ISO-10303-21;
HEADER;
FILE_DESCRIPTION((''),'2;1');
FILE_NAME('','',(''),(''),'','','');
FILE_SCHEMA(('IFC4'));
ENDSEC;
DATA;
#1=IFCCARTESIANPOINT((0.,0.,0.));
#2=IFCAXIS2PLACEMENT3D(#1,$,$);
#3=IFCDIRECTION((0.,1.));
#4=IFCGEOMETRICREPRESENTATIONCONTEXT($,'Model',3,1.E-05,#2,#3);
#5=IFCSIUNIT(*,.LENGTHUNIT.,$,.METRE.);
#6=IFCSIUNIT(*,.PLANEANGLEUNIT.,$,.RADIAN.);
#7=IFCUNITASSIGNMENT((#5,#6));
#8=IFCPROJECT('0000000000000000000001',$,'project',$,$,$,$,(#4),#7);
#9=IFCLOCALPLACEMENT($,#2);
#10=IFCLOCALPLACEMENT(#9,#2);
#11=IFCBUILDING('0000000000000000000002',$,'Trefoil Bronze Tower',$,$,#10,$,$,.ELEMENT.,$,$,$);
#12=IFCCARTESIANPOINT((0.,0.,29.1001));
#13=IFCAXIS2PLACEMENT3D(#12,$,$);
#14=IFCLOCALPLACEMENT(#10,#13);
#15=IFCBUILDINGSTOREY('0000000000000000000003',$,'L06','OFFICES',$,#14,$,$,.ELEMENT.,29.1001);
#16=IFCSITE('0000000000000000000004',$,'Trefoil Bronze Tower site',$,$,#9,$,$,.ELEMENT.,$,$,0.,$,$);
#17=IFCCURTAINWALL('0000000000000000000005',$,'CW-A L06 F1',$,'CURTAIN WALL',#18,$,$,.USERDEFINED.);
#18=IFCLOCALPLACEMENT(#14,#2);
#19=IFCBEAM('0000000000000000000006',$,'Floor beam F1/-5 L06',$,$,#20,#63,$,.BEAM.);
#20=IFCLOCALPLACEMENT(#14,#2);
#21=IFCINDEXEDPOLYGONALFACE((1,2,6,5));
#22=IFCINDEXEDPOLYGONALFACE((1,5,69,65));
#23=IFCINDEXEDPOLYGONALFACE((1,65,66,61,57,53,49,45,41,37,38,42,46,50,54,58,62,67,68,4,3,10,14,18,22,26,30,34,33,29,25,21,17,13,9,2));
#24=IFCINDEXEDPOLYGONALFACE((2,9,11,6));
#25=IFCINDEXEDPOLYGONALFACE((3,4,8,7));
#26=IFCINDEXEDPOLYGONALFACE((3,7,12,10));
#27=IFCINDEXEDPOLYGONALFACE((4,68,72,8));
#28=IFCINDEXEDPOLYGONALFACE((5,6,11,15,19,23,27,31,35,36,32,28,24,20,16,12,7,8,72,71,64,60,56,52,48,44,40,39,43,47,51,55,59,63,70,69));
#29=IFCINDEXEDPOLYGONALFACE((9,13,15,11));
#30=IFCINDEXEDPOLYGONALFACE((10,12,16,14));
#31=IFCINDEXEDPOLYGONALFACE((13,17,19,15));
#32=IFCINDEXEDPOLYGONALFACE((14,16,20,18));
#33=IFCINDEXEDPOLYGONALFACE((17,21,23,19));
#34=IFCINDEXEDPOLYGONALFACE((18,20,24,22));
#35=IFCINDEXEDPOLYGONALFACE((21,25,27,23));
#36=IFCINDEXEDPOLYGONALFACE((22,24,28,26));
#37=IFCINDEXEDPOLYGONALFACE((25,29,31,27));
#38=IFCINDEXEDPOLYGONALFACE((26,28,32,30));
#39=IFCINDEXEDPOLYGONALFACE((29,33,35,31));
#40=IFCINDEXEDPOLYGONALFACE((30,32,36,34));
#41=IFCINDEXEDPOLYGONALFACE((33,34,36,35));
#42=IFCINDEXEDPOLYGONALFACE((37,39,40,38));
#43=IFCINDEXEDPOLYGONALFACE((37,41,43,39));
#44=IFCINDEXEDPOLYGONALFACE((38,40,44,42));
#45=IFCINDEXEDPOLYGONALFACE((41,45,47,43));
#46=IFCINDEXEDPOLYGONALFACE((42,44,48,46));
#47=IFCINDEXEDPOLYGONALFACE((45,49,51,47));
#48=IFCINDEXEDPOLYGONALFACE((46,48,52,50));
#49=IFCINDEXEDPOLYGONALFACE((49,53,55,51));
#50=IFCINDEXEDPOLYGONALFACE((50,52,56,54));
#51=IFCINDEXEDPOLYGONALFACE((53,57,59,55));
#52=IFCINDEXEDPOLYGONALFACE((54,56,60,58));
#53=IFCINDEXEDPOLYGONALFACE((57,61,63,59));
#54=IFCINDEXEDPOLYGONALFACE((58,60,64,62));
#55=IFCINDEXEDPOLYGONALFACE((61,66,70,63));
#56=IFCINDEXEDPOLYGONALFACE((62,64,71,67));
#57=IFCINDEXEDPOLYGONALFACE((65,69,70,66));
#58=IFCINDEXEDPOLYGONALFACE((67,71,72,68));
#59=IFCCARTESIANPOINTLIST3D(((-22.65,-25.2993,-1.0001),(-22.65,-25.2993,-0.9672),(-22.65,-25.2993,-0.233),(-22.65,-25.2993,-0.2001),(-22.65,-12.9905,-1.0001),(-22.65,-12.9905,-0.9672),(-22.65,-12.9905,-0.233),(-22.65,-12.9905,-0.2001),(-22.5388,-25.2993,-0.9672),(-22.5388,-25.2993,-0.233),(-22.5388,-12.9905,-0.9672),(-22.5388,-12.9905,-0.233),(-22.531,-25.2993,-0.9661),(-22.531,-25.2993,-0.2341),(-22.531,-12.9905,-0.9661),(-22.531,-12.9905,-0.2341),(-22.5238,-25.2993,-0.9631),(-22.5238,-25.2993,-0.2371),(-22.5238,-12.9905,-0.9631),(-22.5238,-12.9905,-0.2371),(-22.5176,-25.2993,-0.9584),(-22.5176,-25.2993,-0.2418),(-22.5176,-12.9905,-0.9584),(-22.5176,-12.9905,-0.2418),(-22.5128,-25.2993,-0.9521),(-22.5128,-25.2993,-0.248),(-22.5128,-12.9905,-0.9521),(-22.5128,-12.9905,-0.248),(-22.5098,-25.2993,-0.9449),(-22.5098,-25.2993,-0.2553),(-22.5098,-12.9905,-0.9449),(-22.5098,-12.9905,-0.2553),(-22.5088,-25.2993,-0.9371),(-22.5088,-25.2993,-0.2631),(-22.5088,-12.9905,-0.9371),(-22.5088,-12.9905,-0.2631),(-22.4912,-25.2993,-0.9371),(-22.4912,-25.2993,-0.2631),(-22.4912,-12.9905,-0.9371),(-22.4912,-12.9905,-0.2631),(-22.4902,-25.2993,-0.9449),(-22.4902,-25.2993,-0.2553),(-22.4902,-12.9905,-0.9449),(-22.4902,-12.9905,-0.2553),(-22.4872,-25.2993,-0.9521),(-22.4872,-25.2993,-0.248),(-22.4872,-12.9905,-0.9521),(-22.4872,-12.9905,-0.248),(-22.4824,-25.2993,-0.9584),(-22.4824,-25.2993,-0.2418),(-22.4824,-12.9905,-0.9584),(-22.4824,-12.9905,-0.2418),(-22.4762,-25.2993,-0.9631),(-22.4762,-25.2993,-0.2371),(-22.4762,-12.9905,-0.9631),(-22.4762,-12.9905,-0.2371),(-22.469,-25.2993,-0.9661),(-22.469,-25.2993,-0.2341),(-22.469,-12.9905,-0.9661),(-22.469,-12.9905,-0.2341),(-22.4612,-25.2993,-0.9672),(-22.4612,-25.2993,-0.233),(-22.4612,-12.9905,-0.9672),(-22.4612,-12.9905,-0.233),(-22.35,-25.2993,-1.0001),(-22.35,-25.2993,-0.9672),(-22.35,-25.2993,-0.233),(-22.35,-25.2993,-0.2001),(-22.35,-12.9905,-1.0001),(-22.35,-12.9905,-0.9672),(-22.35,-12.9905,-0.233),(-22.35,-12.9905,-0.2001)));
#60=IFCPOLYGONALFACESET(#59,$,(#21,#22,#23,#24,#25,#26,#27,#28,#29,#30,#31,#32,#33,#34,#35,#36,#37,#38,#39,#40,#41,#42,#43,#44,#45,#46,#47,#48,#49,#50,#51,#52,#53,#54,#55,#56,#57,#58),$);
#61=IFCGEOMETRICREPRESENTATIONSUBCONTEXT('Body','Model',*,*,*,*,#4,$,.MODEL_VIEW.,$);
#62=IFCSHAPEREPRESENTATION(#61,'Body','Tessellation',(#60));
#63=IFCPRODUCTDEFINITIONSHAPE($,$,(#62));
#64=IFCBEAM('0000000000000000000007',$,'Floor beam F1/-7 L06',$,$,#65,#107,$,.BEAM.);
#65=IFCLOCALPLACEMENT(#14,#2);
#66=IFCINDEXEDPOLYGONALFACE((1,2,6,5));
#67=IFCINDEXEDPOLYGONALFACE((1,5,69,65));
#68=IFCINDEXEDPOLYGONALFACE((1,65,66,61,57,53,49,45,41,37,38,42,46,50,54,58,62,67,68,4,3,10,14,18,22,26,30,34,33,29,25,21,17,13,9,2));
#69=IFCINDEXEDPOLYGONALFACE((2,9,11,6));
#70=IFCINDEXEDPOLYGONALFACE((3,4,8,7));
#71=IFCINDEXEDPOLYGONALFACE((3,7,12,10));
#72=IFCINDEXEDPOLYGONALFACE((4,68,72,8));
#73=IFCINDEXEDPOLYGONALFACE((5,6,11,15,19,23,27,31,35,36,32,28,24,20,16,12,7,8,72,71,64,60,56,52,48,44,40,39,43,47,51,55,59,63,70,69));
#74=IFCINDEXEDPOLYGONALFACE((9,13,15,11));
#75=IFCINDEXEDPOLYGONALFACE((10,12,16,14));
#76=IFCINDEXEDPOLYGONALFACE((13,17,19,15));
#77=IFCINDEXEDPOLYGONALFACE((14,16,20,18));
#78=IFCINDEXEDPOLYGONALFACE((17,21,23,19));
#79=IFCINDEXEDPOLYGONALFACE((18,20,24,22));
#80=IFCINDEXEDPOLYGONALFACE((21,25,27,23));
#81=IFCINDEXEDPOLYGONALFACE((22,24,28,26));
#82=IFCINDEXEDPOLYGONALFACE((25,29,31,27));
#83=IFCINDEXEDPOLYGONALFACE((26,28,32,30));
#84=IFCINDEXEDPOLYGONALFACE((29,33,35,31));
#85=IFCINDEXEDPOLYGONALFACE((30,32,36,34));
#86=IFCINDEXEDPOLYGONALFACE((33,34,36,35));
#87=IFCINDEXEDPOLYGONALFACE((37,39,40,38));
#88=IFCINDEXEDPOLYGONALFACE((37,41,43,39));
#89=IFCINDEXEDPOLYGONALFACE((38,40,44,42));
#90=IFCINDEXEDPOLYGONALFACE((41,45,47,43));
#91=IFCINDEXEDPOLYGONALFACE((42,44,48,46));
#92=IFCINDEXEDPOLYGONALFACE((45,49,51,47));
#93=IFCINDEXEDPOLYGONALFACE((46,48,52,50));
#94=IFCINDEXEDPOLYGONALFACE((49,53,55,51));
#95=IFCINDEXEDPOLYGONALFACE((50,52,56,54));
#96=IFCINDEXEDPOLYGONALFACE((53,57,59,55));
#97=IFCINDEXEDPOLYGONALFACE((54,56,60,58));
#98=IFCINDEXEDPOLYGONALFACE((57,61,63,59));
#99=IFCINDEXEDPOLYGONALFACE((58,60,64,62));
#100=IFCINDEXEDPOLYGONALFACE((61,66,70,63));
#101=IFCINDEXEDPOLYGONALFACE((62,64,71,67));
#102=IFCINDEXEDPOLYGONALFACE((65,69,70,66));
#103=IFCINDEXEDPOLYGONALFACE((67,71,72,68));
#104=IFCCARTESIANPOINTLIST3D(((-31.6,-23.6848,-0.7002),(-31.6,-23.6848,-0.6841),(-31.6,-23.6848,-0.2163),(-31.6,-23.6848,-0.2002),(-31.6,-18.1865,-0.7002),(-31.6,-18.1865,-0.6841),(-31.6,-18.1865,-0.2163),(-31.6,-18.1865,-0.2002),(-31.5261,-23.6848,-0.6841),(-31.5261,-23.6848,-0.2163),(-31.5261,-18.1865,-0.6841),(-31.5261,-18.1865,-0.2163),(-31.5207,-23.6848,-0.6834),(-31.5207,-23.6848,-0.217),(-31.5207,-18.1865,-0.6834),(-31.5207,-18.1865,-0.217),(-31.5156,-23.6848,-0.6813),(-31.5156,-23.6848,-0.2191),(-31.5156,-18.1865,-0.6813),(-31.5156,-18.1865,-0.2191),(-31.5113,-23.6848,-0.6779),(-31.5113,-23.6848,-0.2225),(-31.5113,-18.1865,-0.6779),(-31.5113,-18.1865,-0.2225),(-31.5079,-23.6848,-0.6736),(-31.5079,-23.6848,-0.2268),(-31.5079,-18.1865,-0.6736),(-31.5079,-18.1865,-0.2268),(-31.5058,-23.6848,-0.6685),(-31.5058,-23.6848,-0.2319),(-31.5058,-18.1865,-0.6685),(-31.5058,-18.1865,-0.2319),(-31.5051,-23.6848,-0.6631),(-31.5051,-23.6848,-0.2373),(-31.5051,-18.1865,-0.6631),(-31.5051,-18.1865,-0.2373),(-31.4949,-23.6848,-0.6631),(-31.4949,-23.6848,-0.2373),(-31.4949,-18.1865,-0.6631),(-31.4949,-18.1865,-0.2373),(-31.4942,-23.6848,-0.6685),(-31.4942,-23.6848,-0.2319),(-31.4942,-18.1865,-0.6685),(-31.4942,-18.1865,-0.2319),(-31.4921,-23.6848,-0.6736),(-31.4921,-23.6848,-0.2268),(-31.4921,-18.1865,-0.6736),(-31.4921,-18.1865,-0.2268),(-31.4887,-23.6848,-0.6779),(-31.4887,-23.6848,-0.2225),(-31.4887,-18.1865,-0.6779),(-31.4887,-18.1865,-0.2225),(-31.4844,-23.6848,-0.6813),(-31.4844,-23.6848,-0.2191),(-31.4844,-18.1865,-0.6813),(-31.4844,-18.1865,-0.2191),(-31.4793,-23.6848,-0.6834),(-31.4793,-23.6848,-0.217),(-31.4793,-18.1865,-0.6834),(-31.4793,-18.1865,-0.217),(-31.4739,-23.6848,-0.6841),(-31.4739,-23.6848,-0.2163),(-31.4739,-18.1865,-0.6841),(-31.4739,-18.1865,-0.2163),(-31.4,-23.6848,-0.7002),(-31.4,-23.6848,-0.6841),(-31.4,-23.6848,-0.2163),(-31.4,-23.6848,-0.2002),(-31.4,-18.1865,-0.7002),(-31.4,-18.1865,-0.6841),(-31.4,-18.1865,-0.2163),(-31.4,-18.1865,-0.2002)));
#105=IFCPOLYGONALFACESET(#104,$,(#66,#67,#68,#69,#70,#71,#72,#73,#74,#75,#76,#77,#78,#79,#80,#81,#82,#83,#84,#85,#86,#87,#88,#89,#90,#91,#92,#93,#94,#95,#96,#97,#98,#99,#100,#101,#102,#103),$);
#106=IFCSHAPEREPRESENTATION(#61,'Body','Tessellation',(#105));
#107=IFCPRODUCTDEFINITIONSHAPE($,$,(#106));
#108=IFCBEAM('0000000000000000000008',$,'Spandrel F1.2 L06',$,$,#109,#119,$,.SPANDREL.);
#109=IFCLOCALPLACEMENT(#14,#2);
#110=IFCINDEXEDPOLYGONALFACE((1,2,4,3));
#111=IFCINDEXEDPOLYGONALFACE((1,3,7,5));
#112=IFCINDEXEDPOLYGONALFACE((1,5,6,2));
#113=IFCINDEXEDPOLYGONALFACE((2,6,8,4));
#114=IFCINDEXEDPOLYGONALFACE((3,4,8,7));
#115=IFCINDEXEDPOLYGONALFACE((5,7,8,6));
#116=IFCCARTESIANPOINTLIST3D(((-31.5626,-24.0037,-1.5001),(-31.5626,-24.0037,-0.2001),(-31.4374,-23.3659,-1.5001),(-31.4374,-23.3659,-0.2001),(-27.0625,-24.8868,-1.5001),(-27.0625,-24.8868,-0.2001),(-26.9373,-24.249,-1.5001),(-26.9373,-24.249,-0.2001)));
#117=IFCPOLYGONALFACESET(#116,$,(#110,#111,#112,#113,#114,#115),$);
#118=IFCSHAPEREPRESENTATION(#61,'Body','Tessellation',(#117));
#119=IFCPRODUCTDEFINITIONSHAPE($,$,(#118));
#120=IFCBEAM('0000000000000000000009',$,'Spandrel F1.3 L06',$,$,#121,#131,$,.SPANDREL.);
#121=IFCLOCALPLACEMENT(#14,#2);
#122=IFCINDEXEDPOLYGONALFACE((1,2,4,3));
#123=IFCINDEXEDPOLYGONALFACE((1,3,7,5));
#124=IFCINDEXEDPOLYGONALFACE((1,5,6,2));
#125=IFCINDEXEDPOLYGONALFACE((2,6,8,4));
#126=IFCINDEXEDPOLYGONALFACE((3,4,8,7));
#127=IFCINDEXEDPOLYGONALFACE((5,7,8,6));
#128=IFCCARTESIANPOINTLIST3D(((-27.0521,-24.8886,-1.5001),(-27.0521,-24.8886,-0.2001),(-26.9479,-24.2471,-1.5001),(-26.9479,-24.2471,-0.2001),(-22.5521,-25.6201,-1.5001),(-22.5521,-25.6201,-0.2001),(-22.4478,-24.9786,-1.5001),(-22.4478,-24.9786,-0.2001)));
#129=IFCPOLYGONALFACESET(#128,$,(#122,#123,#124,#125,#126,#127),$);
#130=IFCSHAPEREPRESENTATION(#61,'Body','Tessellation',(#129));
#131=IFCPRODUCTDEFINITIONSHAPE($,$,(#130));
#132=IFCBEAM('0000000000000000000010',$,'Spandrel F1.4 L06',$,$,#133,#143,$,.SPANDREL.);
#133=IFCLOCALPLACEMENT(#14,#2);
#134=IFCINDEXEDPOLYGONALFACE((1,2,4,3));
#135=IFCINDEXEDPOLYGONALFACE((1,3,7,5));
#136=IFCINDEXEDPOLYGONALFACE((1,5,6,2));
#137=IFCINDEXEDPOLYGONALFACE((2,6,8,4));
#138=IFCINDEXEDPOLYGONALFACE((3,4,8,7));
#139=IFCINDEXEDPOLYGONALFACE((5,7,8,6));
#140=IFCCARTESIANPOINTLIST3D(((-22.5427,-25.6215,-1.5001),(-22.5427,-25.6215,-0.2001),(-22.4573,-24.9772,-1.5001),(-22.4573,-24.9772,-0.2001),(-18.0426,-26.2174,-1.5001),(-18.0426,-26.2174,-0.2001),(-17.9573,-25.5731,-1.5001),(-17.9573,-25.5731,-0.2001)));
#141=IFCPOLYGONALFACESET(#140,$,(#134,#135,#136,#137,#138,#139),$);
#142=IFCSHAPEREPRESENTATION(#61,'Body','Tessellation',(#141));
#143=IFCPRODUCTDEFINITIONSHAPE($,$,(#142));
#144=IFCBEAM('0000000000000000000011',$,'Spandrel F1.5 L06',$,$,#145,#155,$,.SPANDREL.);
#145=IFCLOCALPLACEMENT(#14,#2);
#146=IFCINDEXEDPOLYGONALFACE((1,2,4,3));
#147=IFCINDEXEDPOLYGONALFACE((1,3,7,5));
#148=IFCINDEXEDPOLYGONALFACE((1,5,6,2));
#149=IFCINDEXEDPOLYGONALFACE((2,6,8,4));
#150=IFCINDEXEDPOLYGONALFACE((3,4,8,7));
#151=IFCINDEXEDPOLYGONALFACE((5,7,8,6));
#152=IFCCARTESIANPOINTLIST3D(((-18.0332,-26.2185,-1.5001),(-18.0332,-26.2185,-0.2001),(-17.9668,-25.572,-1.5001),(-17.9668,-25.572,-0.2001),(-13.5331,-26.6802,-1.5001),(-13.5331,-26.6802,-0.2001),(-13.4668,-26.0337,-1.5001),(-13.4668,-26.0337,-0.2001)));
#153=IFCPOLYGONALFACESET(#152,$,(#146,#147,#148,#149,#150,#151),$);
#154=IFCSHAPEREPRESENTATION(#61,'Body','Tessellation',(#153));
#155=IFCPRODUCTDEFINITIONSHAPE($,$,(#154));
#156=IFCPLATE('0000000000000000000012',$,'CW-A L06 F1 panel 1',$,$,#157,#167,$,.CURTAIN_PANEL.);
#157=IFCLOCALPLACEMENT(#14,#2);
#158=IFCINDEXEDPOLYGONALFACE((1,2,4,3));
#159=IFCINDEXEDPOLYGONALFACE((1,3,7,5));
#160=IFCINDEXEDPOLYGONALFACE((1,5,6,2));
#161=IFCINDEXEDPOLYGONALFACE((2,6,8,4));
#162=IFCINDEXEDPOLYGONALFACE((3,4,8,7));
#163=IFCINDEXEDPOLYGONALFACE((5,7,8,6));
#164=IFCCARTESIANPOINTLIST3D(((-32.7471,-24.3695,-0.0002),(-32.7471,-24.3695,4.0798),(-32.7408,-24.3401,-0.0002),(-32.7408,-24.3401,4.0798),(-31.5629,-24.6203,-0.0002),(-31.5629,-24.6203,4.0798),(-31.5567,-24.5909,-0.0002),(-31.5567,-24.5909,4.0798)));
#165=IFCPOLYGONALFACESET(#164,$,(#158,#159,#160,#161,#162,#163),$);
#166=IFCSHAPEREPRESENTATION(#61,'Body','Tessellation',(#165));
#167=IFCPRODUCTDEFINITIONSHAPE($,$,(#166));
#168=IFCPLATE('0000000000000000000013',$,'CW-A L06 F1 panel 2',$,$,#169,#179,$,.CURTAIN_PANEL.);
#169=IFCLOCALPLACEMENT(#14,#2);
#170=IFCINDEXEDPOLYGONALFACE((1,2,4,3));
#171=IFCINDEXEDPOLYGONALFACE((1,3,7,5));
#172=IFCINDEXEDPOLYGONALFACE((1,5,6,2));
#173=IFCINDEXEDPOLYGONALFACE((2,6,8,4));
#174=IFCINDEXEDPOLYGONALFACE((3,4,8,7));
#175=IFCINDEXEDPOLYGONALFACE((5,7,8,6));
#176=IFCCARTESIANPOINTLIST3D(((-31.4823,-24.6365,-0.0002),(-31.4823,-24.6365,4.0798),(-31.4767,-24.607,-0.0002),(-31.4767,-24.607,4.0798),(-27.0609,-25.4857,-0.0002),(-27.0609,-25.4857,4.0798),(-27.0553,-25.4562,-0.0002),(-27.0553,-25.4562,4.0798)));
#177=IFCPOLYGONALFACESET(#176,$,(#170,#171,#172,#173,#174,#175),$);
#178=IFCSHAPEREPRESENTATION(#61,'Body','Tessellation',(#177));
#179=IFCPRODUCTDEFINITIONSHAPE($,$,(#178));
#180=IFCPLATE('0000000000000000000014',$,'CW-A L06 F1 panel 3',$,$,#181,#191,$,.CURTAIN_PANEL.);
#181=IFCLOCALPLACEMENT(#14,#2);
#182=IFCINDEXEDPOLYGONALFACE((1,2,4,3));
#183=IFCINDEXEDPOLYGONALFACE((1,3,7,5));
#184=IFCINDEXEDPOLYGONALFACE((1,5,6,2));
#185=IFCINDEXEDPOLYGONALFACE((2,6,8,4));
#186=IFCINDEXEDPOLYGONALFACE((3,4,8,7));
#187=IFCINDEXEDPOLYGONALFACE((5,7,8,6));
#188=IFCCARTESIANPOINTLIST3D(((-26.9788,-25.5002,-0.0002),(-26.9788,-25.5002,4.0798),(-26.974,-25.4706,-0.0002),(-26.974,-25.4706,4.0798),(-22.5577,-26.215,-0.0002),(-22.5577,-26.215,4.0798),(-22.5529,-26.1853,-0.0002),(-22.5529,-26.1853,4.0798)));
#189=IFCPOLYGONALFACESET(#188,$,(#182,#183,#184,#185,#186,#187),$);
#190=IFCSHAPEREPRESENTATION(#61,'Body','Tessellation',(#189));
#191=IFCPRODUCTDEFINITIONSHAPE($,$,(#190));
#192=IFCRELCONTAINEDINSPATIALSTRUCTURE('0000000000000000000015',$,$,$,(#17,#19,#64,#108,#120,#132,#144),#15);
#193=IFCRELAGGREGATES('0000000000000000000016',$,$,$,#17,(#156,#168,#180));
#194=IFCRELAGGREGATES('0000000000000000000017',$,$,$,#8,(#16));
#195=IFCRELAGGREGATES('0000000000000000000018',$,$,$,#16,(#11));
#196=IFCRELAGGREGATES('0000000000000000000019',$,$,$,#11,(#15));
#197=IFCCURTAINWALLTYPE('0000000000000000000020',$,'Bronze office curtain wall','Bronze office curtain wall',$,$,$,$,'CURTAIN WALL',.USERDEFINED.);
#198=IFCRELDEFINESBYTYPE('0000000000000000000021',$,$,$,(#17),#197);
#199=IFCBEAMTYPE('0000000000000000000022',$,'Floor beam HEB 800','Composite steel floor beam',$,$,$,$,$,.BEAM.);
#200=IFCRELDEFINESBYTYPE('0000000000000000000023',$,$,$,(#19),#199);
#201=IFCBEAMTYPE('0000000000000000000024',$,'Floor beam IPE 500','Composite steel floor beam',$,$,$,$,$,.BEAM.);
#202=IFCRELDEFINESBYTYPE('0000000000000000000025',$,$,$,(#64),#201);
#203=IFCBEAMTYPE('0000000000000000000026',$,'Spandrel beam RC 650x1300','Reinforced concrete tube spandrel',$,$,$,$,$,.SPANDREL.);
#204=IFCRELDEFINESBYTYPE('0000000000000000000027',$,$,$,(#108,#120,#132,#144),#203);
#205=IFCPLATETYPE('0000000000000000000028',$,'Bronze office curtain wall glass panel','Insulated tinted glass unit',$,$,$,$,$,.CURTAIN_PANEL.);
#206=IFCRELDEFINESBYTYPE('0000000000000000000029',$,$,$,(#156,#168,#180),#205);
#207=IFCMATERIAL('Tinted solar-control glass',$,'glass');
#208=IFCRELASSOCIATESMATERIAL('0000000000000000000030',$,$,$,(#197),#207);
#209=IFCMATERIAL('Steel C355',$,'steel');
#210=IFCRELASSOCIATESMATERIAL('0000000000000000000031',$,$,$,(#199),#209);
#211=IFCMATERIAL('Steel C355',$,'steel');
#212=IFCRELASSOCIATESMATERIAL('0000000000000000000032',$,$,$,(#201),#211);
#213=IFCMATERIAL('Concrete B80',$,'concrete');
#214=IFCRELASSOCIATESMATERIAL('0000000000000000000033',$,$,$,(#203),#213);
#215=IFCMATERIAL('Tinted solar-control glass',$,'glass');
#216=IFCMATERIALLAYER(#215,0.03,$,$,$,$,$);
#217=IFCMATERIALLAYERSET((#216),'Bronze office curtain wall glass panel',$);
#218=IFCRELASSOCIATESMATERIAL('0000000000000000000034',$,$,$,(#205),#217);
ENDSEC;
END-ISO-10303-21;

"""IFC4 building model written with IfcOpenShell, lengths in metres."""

from ifc_helpers import new_model, si_unit, direction, frame, origin, origin_2d, place, context, subcontext, project, spatial, rectangle, i_section, extrude, material, layer, layer_set, material_profile, profile_set, type_object, element, aggregate, save


model = new_model("IFC4")

# Units and contexts
model_context = context("Model", 3, precision=1e-05, world=origin(), true_north=direction((0.0, 1.0)))
body_context = subcontext(model_context, "Body", "Model", "MODEL_VIEW")
ifc_project = project(units=[si_unit("LENGTHUNIT", "METRE"), si_unit("PLANEANGLEUNIT", "RADIAN")], contexts=[model_context])

# Site, building, storey
site_placement = place(None, origin())
site = spatial("IfcSite", under=ifc_project, at=site_placement, Name="Trefoil Bronze Tower site", CompositionType="ELEMENT", RefElevation=0.0)
building_placement = place(site_placement, origin())
building = spatial("IfcBuilding", under=site, at=building_placement, Name="Trefoil Bronze Tower", CompositionType="ELEMENT")
storey_placement = place(building_placement, frame((0.0, 0.0, 29.1001)))
storey = spatial("IfcBuildingStorey", under=building, at=storey_placement, Name="L06", Description="OFFICES", CompositionType="ELEMENT", Elevation=29.1001)

# Curtain wall
ifc_material_1 = material(Name="Tinted solar-control glass", Category="glass")
curtain_wall_type_1 = type_object("IfcCurtainWallType", Name="Bronze office curtain wall", Description="Bronze office curtain wall", ElementType="CURTAIN WALL", PredefinedType="USERDEFINED", material=ifc_material_1)
curtain_wall_1_placement = place(storey_placement, origin())
curtain_wall_1 = element("IfcCurtainWall", 1, at=curtain_wall_1_placement, inside=storey, type_object=curtain_wall_type_1, Name="CW-A L06 F1", ObjectType="CURTAIN WALL", PredefinedType="USERDEFINED")

# Beams
ifc_material_2 = material(Name="Steel C355", Category="steel")
ifc_material_profile_1 = material_profile(ifc_material_2, i_section(OverallWidth=0.3, OverallDepth=0.8, WebThickness=0.0176, FlangeThickness=0.033, FilletRadius=0.03, at=origin_2d()), Name="HEB 800")
ifc_profile_set_1 = profile_set([ifc_material_profile_1], Name="Steel C355")
beam_type_1 = type_object("IfcBeamType", Name="Floor beam HEB 800", Description="Composite steel floor beam", PredefinedType="BEAM", material=ifc_profile_set_1)
beam_1_placement = place(storey_placement, frame((-22.5, -25.2993, -0.6001), z_axis=(0.0, 1.0, 0.0), x_axis=(-1.0, 0.0, 0.0)))
element("IfcBeam", 2, at=beam_1_placement, inside=storey, type_object=beam_type_1, Name="Floor beam F1/-5 L06", PredefinedType="BEAM", context=body_context, shape_type="SweptSolid", body=[
    extrude(i_section(OverallWidth=0.3, OverallDepth=0.8, WebThickness=0.0176, FlangeThickness=0.033, FilletRadius=0.03, at=origin_2d()), origin(), (0.0, 0.0, 1.0), 12.3088),
])
ifc_material_3 = material(Name="Steel C355", Category="steel")
ifc_material_profile_2 = material_profile(ifc_material_3, i_section(OverallWidth=0.2, OverallDepth=0.5, WebThickness=0.0103, FlangeThickness=0.0161, FilletRadius=0.021, at=origin_2d()), Name="IPE 500")
ifc_profile_set_2 = profile_set([ifc_material_profile_2], Name="Steel C355")
beam_type_2 = type_object("IfcBeamType", Name="Floor beam IPE 500", Description="Composite steel floor beam", PredefinedType="BEAM", material=ifc_profile_set_2)
beam_2_placement = place(storey_placement, frame((-31.5, -23.6848, -0.4502), z_axis=(0.0, 1.0, 0.0), x_axis=(-1.0, 0.0, 0.0)))
element("IfcBeam", 3, at=beam_2_placement, inside=storey, type_object=beam_type_2, Name="Floor beam F1/-7 L06", PredefinedType="BEAM", context=body_context, shape_type="SweptSolid", body=[
    extrude(i_section(OverallWidth=0.2, OverallDepth=0.5, WebThickness=0.0103, FlangeThickness=0.0161, FilletRadius=0.021, at=origin_2d()), origin(), (0.0, 0.0, 1.0), 5.4983),
])
ifc_material_4 = material(Name="Concrete B80", Category="concrete")
ifc_material_profile_3 = material_profile(ifc_material_4, rectangle(XDim=0.6499, YDim=1.3, at=origin_2d()), Name="RC 650x1300")
ifc_profile_set_3 = profile_set([ifc_material_profile_3], Name="Concrete B80")
beam_type_3 = type_object("IfcBeamType", Name="Spandrel beam RC 650x1300", Description="Reinforced concrete tube spandrel", PredefinedType="SPANDREL", material=ifc_profile_set_3)
beam_3_placement = place(storey_placement, frame((-31.5, -23.6848, -0.8501), z_axis=(0.981285, -0.192562, 0.0), x_axis=(0.192562, 0.981285, 0.0)))
element("IfcBeam", 4, at=beam_3_placement, inside=storey, type_object=beam_type_3, Name="Spandrel F1.2 L06", PredefinedType="SPANDREL", context=body_context, shape_type="SweptSolid", body=[
    extrude(rectangle(XDim=0.6499, YDim=1.3, at=origin_2d()), origin(), (0.0, 0.0, 1.0), 4.5859),
])
beam_4_placement = place(storey_placement, frame((-27.0, -24.5679, -0.8501), z_axis=(0.987046, -0.160438, 0.0), x_axis=(0.160438, 0.987046, 0.0)))
element("IfcBeam", 5, at=beam_4_placement, inside=storey, type_object=beam_type_3, Name="Spandrel F1.3 L06", PredefinedType="SPANDREL", context=body_context, shape_type="SweptSolid", body=[
    extrude(rectangle(XDim=0.6499, YDim=1.3, at=origin_2d()), origin(), (0.0, 0.0, 1.0), 4.5591),
])
beam_5_placement = place(storey_placement, frame((-22.5, -25.2993, -0.8501), z_axis=(0.991344, -0.131286, 0.0), x_axis=(0.131286, 0.991344, 0.0)))
element("IfcBeam", 6, at=beam_5_placement, inside=storey, type_object=beam_type_3, Name="Spandrel F1.4 L06", PredefinedType="SPANDREL", context=body_context, shape_type="SweptSolid", body=[
    extrude(rectangle(XDim=0.6499, YDim=1.3, at=origin_2d()), origin(), (0.0, 0.0, 1.0), 4.5393),
])
beam_6_placement = place(storey_placement, frame((-18.0, -25.8953, -0.8501), z_axis=(0.994778, -0.102058, 0.0), x_axis=(0.102058, 0.994778, 0.0)))
element("IfcBeam", 7, at=beam_6_placement, inside=storey, type_object=beam_type_3, Name="Spandrel F1.5 L06", PredefinedType="SPANDREL", context=body_context, shape_type="SweptSolid", body=[
    extrude(rectangle(XDim=0.6499, YDim=1.3, at=origin_2d()), origin(), (0.0, 0.0, 1.0), 4.5237),
])

# Plates
ifc_material_5 = material(Name="Tinted solar-control glass", Category="glass")
ifc_layer_1 = layer(ifc_material_5, 0.03)
ifc_layer_set_1 = layer_set([ifc_layer_1], Name="Bronze office curtain wall glass panel")
plate_type_1 = type_object("IfcPlateType", Name="Bronze office curtain wall glass panel", Description="Insulated tinted glass unit", PredefinedType="CURTAIN_PANEL", material=ifc_layer_set_1)
plate_1_placement = place(storey_placement, frame((-32.1519, -24.4802, -0.0002), z_axis=(0.0, 0.0, 1.0), x_axis=(0.978303, -0.207181, 0.0)))
plate_1 = element("IfcPlate", 8, at=plate_1_placement, type_object=plate_type_1, Name="CW-A L06 F1 panel 1", PredefinedType="CURTAIN_PANEL", context=body_context, shape_type="SweptSolid", body=[
    extrude(rectangle(XDim=1.2104, YDim=0.03, at=origin_2d()), origin(), (0.0, 0.0, 1.0), 4.0801),
])
plate_2_placement = place(storey_placement, frame((-29.2688, -25.0464, -0.0002), z_axis=(0.0, 0.0, 1.0), x_axis=(0.98205, -0.188622, 0.0)))
plate_2 = element("IfcPlate", 9, at=plate_2_placement, type_object=plate_type_1, Name="CW-A L06 F1 panel 2", PredefinedType="CURTAIN_PANEL", context=body_context, shape_type="SweptSolid", body=[
    extrude(rectangle(XDim=4.5022, YDim=0.03, at=origin_2d()), origin(), (0.0, 0.0, 1.0), 4.0801),
])
plate_3_placement = place(storey_placement, frame((-24.7659, -25.8428, -0.0002), z_axis=(0.0, 0.0, 1.0), x_axis=(0.987181, -0.159603, 0.0)))
plate_3 = element("IfcPlate", 10, at=plate_3_placement, type_object=plate_type_1, Name="CW-A L06 F1 panel 3", PredefinedType="CURTAIN_PANEL", context=body_context, shape_type="SweptSolid", body=[
    extrude(rectangle(XDim=4.4785, YDim=0.03, at=origin_2d()), origin(), (0.0, 0.0, 1.0), 4.0801),
])
aggregate(curtain_wall_1, [plate_1, plate_2, plate_3])

save(model, "model.ifc")
